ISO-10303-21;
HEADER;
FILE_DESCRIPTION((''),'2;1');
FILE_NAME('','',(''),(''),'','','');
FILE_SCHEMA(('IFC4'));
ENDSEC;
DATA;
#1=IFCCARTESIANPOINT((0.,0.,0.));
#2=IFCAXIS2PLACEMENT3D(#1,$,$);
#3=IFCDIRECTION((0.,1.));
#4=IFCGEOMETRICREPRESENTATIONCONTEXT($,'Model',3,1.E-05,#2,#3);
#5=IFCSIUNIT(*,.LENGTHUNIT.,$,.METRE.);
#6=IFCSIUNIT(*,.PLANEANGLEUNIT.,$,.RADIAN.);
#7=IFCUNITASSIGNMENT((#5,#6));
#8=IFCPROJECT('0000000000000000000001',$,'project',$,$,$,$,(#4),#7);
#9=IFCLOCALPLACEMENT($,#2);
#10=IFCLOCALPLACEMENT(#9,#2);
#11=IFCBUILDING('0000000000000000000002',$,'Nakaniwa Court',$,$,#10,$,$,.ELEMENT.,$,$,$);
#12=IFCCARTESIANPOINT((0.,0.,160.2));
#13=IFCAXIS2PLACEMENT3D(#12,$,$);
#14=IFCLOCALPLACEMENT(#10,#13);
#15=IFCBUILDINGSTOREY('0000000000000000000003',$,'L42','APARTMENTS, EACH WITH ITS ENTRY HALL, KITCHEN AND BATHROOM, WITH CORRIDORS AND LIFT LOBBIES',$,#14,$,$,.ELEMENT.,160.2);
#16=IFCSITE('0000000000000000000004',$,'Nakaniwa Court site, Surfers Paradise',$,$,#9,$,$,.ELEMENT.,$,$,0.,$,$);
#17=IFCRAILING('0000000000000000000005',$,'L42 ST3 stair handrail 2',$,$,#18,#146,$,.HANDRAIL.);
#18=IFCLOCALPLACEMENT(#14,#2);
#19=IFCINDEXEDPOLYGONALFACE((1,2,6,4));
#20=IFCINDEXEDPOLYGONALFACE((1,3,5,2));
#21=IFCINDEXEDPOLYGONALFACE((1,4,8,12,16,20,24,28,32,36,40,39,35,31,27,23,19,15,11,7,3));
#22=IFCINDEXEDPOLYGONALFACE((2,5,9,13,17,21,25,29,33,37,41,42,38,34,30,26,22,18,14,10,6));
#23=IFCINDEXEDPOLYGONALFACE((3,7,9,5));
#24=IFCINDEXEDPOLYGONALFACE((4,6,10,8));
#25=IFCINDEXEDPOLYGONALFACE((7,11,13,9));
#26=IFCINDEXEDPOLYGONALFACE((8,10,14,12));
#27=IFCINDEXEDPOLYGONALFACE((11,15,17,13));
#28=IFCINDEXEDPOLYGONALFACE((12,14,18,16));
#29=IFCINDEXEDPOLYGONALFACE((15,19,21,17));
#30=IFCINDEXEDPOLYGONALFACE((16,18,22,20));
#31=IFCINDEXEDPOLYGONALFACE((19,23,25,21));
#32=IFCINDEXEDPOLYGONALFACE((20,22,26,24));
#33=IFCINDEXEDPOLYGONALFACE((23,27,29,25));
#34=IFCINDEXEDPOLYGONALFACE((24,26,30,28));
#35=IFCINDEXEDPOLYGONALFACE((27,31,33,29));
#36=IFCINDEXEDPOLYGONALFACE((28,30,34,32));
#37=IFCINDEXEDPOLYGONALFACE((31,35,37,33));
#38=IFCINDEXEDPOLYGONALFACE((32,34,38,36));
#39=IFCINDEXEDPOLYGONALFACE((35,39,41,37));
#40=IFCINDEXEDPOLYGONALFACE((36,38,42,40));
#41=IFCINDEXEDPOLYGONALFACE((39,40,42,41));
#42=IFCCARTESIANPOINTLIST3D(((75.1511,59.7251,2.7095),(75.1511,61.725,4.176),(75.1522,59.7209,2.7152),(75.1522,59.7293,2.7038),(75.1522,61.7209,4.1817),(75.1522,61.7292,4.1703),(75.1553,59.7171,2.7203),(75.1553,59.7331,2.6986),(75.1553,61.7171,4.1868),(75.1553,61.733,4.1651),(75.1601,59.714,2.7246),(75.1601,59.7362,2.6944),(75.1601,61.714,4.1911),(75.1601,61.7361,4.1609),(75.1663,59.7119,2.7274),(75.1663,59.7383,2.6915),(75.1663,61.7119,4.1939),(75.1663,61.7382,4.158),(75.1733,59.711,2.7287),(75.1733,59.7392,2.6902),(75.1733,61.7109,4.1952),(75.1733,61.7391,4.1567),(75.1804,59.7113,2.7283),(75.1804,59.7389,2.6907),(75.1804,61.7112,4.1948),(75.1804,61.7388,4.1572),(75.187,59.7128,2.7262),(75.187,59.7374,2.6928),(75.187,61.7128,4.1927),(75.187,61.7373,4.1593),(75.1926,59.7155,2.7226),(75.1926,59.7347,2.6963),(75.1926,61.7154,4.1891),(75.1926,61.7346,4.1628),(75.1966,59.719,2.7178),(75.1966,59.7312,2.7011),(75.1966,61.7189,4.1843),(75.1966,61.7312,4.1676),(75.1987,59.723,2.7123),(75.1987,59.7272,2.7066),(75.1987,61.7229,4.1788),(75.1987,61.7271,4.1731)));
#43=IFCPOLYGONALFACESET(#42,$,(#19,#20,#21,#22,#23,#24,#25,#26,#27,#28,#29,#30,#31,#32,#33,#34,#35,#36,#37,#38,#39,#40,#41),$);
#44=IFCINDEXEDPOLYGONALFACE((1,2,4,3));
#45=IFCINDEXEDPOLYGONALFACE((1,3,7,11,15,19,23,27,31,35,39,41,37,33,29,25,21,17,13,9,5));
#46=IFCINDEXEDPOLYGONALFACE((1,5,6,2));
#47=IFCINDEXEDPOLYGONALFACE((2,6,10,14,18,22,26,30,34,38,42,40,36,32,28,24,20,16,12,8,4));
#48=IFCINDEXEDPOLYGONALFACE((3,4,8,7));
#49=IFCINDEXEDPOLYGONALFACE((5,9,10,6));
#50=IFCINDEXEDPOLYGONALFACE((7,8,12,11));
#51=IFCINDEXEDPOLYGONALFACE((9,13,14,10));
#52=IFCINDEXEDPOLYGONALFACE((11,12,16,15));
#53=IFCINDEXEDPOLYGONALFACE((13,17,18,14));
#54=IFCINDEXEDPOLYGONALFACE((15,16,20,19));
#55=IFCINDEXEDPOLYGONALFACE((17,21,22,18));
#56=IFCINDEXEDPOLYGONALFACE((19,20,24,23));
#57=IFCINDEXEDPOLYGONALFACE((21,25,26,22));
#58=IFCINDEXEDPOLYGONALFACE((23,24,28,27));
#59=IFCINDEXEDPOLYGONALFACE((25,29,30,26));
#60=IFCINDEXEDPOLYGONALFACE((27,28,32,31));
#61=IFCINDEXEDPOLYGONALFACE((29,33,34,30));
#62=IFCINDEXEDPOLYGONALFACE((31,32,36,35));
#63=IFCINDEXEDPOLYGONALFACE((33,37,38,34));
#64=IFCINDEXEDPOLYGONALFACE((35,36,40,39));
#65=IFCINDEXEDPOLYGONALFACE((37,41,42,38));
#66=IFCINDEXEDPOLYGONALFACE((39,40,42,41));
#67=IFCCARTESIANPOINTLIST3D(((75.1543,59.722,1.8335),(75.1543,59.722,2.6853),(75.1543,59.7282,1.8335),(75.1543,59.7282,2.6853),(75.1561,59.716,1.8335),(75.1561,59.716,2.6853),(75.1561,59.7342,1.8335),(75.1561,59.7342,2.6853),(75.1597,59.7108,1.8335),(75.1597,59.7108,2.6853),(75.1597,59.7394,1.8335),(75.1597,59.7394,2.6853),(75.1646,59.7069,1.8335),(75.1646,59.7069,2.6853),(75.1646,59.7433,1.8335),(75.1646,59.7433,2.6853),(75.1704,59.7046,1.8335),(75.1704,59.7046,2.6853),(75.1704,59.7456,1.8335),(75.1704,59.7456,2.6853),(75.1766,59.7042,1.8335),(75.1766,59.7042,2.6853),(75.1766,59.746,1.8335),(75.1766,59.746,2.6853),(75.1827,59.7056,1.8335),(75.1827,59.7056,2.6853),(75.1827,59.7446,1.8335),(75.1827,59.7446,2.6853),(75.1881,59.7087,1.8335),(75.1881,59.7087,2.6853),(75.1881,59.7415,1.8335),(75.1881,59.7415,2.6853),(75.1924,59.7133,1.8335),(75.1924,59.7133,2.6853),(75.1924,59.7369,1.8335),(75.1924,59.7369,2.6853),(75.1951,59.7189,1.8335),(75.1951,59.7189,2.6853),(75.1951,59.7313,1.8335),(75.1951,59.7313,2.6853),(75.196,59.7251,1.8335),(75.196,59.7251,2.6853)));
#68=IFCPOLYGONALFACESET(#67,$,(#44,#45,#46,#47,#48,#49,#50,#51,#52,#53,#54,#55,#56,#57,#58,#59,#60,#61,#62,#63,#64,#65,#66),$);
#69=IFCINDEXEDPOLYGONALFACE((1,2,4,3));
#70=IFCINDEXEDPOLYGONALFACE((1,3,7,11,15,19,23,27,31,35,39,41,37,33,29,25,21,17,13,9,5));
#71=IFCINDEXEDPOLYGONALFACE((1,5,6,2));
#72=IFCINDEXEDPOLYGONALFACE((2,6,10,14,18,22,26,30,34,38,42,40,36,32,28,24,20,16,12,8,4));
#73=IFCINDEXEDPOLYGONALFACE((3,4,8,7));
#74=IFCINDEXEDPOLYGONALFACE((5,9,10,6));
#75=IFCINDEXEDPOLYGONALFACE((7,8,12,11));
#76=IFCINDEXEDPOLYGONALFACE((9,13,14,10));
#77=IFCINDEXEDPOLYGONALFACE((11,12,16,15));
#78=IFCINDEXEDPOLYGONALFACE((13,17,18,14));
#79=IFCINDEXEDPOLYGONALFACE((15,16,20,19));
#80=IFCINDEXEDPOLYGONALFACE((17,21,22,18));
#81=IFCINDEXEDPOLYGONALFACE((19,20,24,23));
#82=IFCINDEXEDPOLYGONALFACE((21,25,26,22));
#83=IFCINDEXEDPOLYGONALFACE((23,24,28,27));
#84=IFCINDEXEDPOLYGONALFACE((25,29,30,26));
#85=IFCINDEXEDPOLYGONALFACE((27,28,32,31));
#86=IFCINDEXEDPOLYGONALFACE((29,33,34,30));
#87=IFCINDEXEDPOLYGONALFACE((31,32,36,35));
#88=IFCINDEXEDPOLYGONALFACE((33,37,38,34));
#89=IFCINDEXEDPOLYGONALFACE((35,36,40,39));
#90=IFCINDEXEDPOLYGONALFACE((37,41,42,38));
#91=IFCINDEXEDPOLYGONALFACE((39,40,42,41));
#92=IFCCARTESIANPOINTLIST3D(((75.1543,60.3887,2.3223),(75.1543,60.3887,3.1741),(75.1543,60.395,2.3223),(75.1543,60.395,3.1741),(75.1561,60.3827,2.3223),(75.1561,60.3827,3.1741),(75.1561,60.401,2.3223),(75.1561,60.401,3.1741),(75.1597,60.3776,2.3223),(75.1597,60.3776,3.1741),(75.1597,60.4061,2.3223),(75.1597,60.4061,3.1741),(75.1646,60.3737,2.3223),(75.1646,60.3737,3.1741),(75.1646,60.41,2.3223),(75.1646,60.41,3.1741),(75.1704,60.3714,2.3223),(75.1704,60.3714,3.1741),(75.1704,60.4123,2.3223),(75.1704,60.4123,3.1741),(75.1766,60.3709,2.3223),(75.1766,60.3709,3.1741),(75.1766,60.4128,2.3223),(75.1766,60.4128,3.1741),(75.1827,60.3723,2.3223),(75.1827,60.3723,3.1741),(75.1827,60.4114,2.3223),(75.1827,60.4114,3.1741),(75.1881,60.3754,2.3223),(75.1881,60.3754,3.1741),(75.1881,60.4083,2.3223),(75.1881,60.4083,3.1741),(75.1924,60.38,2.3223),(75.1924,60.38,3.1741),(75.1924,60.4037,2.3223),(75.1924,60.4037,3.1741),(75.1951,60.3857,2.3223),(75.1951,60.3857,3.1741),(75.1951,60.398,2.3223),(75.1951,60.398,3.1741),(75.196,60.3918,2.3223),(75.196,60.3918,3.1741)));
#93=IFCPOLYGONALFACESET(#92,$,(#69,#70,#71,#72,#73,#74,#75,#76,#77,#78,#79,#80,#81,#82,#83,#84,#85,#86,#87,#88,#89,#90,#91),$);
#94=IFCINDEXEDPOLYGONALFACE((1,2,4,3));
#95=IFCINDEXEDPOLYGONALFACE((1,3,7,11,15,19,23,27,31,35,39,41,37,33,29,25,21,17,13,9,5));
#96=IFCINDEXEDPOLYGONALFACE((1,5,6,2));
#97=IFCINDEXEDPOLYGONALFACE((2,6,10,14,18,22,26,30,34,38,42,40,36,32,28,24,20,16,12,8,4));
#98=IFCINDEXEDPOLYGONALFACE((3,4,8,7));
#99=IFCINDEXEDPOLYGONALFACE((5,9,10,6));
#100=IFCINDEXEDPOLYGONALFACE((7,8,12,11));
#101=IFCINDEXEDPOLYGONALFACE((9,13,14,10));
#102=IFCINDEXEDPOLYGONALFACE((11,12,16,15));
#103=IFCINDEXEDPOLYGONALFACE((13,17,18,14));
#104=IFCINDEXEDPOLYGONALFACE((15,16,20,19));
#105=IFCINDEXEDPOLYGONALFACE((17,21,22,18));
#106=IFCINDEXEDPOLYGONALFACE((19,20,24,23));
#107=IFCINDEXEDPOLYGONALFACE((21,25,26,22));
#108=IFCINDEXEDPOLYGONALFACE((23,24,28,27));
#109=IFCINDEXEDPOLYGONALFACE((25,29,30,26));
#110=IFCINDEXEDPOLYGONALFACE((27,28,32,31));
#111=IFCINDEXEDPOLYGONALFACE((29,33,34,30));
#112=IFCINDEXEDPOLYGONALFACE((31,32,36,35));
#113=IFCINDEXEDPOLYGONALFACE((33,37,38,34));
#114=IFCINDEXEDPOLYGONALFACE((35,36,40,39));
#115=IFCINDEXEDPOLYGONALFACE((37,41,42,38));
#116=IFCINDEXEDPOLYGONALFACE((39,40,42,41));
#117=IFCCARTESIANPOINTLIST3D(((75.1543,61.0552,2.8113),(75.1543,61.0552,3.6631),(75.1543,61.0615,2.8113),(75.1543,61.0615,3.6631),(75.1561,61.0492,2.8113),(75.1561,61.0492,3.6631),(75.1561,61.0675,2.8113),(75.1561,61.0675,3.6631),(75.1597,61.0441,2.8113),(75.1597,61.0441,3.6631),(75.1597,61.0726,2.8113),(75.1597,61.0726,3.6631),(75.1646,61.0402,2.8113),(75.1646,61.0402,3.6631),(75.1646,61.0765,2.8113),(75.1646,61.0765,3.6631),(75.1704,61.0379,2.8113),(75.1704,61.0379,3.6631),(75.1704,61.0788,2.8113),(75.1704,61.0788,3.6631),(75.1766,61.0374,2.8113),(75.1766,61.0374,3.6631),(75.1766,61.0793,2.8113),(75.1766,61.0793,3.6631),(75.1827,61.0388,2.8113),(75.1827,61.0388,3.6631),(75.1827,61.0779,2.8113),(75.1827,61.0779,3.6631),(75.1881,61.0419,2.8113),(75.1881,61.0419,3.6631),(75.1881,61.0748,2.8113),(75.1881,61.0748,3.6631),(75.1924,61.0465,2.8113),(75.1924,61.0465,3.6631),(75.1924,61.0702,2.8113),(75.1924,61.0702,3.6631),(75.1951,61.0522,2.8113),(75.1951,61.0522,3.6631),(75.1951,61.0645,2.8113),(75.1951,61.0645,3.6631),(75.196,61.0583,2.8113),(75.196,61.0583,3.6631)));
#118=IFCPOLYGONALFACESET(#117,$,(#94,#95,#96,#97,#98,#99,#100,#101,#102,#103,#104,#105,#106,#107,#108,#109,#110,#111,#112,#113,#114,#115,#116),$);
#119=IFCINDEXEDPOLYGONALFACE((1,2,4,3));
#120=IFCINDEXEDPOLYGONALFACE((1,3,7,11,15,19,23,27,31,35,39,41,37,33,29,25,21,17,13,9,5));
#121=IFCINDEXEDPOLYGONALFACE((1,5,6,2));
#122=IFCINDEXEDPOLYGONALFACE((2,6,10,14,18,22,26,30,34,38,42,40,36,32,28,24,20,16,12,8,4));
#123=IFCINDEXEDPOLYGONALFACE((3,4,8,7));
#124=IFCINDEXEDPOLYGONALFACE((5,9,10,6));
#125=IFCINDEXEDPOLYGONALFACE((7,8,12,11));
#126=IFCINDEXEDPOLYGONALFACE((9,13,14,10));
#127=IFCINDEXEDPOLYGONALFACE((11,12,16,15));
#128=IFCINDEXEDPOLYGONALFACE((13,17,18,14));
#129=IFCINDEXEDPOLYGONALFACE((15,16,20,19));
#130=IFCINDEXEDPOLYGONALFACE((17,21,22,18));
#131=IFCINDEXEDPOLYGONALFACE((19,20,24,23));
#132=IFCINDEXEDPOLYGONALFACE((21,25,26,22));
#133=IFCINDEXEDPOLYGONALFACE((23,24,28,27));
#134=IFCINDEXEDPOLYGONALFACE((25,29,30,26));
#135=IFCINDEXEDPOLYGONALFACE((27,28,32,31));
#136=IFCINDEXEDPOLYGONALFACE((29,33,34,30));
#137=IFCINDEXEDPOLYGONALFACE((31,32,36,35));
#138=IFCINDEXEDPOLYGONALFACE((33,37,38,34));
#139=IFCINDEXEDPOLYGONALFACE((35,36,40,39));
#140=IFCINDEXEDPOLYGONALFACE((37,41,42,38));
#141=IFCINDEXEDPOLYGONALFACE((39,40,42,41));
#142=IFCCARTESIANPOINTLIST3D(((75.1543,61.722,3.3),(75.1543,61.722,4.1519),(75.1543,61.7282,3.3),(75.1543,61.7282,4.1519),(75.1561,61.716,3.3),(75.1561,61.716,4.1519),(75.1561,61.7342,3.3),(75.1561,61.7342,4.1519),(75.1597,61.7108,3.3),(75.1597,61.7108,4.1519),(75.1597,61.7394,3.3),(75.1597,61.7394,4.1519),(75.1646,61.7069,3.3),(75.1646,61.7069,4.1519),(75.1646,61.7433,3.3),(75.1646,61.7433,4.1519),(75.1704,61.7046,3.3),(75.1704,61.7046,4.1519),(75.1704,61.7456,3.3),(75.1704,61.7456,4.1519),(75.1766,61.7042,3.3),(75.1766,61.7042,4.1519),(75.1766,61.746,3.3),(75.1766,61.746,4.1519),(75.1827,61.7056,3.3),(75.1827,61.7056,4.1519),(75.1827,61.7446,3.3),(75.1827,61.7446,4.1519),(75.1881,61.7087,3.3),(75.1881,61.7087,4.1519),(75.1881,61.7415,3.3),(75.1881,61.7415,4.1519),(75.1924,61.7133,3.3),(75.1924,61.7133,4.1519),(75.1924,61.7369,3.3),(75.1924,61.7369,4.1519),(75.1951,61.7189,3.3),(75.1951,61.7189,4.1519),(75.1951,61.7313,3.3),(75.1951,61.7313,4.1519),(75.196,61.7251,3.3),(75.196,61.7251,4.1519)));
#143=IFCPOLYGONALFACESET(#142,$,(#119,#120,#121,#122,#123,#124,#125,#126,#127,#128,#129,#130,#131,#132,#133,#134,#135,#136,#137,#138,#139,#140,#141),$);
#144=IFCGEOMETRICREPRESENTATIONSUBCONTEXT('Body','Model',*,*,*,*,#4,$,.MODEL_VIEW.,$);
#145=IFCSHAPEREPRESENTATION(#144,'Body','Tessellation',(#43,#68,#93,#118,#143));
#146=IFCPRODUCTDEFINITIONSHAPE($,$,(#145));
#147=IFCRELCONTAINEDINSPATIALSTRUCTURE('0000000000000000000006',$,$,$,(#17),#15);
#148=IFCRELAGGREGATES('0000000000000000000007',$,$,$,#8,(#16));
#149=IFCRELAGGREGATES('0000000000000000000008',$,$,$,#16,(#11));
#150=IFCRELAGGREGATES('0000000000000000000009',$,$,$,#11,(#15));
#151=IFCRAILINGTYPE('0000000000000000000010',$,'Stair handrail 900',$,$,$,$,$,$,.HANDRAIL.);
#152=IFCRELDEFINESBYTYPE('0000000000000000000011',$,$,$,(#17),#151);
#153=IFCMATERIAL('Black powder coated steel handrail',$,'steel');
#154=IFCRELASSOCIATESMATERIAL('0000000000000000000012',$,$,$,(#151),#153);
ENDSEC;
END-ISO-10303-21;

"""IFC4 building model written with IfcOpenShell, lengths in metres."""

from ifc_helpers import new_model, si_unit, direction, frame, origin, origin_2d, place, context, subcontext, project, spatial, circle, extrude, material, type_object, element, save


model = new_model("IFC4")

# Units and contexts
model_context = context("Model", 3, precision=1e-05, world=origin(), true_north=direction((0.0, 1.0)))
body_context = subcontext(model_context, "Body", "Model", "MODEL_VIEW")
ifc_project = project(units=[si_unit("LENGTHUNIT", "METRE"), si_unit("PLANEANGLEUNIT", "RADIAN")], contexts=[model_context])

# Site, building, storey
site_placement = place(None, origin())
site = spatial("IfcSite", under=ifc_project, at=site_placement, Name="Nakaniwa Court site, Surfers Paradise", CompositionType="ELEMENT", RefElevation=0.0)
building_placement = place(site_placement, origin())
building = spatial("IfcBuilding", under=site, at=building_placement, Name="Nakaniwa Court", CompositionType="ELEMENT")
storey_placement = place(building_placement, frame((0.0, 0.0, 160.2)))
storey = spatial("IfcBuildingStorey", under=building, at=storey_placement, Name="L42", Description="APARTMENTS, EACH WITH ITS ENTRY HALL, KITCHEN AND BATHROOM, WITH CORRIDORS AND LIFT LOBBIES", CompositionType="ELEMENT", Elevation=160.2)

# Railing
ifc_material_1 = material(Name="Black powder coated steel handrail", Category="steel")
railing_type_1 = type_object("IfcRailingType", Name="Stair handrail 900", PredefinedType="HANDRAIL", material=ifc_material_1)
railing_1_placement = place(storey_placement, frame((75.175, 59.7251, 1.8335)))
element("IfcRailing", 1, at=railing_1_placement, inside=storey, type_object=railing_type_1, Name="L42 ST3 stair handrail 2", PredefinedType="HANDRAIL", context=body_context, shape_type="SweptSolid", body=[
    extrude(circle(Radius=0.0239, at=origin_2d()), frame((0.0, 0.0, 0.876), z_axis=(0.0, 0.806427, 0.591334), x_axis=(-1.0, 0.0, 0.0)), (0.0, 0.0, 1.0), 2.48),
    extrude(circle(Radius=0.021, at=origin_2d()), origin(), (0.0, 0.0, 1.0), 0.8518),
    extrude(circle(Radius=0.021, at=origin_2d()), frame((0.0, 0.6667, 0.4888)), (0.0, 0.0, 1.0), 0.8518),
    extrude(circle(Radius=0.021, at=origin_2d()), frame((0.0, 1.3333, 0.9778)), (0.0, 0.0, 1.0), 0.8518),
    extrude(circle(Radius=0.021, at=origin_2d()), frame((0.0, 2.0, 1.4666)), (0.0, 0.0, 1.0), 0.8518),
])

save(model, "model.ifc")
